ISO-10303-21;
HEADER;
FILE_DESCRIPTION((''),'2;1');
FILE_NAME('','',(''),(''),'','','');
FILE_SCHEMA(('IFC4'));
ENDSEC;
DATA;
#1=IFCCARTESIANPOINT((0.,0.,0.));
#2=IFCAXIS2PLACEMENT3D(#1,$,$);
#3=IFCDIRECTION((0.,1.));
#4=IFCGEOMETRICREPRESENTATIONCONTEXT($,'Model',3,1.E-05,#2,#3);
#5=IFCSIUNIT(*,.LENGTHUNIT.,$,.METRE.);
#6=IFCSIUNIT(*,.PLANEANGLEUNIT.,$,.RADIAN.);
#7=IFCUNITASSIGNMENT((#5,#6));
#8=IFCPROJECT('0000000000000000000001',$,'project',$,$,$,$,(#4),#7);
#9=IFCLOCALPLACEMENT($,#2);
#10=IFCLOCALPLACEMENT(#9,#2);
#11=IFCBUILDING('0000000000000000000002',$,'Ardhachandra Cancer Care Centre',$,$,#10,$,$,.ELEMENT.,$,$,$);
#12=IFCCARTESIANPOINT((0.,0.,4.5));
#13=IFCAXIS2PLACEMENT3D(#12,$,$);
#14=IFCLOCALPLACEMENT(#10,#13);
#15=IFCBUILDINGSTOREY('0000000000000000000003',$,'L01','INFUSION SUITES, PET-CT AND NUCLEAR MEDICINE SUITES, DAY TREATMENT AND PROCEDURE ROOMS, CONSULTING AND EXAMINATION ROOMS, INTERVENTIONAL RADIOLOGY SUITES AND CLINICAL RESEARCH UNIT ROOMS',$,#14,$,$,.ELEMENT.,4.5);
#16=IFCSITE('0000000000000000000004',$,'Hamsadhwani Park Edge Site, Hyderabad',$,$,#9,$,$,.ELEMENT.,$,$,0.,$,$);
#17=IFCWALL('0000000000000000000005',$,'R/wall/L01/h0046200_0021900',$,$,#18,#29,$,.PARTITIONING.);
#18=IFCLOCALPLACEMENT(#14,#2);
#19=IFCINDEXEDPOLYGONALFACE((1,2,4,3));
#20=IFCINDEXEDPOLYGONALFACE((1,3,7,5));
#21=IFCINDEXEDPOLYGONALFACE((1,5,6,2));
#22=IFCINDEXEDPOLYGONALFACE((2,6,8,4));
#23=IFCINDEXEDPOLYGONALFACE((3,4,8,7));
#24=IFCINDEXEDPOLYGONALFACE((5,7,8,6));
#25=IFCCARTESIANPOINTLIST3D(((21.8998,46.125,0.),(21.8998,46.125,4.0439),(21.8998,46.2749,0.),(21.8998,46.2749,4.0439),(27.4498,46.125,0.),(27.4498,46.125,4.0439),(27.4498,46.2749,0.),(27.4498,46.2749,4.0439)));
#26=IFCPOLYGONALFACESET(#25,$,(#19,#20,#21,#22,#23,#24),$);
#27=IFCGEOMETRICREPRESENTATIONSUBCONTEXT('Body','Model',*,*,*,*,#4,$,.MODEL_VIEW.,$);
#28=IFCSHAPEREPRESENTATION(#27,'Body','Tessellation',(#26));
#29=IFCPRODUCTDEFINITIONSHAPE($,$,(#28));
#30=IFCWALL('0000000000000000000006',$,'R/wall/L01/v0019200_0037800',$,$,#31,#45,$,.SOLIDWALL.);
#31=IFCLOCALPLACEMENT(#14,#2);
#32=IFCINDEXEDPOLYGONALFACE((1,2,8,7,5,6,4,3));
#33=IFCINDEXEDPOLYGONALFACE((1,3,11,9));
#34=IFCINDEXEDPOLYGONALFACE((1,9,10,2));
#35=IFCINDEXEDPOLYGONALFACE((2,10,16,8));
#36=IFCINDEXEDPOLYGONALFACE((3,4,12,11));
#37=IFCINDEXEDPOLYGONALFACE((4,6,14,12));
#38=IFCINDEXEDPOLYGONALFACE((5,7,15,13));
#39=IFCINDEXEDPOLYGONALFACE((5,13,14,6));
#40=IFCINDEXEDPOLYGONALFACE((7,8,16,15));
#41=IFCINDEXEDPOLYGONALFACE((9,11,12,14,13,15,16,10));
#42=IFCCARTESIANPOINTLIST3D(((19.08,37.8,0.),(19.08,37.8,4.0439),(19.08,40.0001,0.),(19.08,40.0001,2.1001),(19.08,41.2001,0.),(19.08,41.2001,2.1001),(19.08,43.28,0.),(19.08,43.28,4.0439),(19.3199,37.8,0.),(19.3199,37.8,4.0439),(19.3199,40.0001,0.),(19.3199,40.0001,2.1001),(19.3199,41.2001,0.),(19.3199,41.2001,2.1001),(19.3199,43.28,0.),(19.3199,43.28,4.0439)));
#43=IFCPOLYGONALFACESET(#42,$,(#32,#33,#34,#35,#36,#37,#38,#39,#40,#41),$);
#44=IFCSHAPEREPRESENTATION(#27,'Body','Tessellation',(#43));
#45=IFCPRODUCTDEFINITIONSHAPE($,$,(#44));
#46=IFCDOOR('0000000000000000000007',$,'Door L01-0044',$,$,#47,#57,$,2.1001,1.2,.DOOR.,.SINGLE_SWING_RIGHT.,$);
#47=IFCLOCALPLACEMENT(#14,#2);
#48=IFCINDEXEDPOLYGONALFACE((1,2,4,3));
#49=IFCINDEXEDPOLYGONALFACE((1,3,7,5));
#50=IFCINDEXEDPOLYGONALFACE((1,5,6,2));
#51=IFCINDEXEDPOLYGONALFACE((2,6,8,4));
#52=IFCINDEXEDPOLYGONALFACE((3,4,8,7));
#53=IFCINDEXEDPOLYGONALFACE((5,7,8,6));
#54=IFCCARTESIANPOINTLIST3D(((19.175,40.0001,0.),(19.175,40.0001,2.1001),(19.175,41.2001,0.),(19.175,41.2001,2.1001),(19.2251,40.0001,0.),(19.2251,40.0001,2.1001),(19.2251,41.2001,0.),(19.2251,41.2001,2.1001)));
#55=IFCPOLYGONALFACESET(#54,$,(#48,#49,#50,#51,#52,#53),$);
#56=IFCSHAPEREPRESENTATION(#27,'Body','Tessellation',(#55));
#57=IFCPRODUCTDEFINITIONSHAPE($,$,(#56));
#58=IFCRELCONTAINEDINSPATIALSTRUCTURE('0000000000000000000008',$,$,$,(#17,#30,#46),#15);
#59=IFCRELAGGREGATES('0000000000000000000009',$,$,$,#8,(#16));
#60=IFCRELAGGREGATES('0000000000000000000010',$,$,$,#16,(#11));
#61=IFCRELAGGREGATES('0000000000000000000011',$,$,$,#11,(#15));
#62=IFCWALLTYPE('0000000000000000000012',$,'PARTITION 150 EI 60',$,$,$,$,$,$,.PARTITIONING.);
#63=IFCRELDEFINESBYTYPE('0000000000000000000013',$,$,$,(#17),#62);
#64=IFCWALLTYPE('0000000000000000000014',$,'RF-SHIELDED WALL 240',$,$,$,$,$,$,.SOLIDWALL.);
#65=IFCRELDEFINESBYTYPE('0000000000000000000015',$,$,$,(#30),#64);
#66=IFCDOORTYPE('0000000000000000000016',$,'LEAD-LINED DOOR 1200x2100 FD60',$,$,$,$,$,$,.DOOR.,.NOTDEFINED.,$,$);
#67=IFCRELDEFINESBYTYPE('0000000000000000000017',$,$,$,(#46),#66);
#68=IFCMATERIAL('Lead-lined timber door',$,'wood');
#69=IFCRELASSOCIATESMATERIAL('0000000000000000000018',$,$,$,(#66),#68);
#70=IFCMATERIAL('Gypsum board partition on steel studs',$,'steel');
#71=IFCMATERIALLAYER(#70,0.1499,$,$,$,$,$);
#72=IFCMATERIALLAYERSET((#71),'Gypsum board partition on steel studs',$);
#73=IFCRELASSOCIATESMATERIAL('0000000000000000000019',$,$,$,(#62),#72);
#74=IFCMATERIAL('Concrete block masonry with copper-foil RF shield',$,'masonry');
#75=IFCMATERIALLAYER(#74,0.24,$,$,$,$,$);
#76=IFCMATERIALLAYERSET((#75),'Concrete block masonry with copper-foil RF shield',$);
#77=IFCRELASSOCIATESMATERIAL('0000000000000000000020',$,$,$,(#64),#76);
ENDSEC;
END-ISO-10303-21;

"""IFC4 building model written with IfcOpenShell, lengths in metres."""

from ifc_helpers import new_model, si_unit, direction, frame, frame_2d, origin, place, context, subcontext, project, spatial, rectangle, extrude, material, layer, layer_set, type_object, element, fill, save


model = new_model("IFC4")

# Units and contexts
model_context = context("Model", 3, precision=1e-05, world=origin(), true_north=direction((0.0, 1.0)))
body_context = subcontext(model_context, "Body", "Model", "MODEL_VIEW")
ifc_project = project(units=[si_unit("LENGTHUNIT", "METRE"), si_unit("PLANEANGLEUNIT", "RADIAN")], contexts=[model_context])

# Site, building, storey
site_placement = place(None, origin())
site = spatial("IfcSite", under=ifc_project, at=site_placement, Name="Hamsadhwani Park Edge Site, Hyderabad", CompositionType="ELEMENT", RefElevation=0.0)
building_placement = place(site_placement, origin())
building = spatial("IfcBuilding", under=site, at=building_placement, Name="Ardhachandra Cancer Care Centre", CompositionType="ELEMENT")
storey_placement = place(building_placement, frame((0.0, 0.0, 4.5)))
storey = spatial("IfcBuildingStorey", under=building, at=storey_placement, Name="L01", Description="INFUSION SUITES, PET-CT AND NUCLEAR MEDICINE SUITES, DAY TREATMENT AND PROCEDURE ROOMS, CONSULTING AND EXAMINATION ROOMS, INTERVENTIONAL RADIOLOGY SUITES AND CLINICAL RESEARCH UNIT ROOMS", CompositionType="ELEMENT", Elevation=4.5)

# Shared definitions
ifc_material_1 = material(Name="Lead-lined timber door", Category="wood")
door_type_1 = type_object("IfcDoorType", Name="LEAD-LINED DOOR 1200x2100 FD60", OperationType="NOTDEFINED", PredefinedType="DOOR", material=ifc_material_1)

# Wall
ifc_material_2 = material(Name="Gypsum board partition on steel studs", Category="steel")
ifc_layer_1 = layer(ifc_material_2, 0.1499)
ifc_layer_set_1 = layer_set([ifc_layer_1], Name="Gypsum board partition on steel studs")
wall_type_1 = type_object("IfcWallType", Name="PARTITION 150 EI 60", PredefinedType="PARTITIONING", material=ifc_layer_set_1)
wall_1_placement = place(storey_placement, frame((21.8999, 46.2, 0.0), z_axis=(0.0, 0.0, 1.0), x_axis=(1.0, 0.0, 0.0)))
element("IfcWall", 1, at=wall_1_placement, inside=storey, type_object=wall_type_1, Name="R/wall/L01/h0046200_0021900", PredefinedType="PARTITIONING", context=body_context, shape_type="SweptSolid", body=[
    extrude(rectangle(XDim=5.55, YDim=0.1499, at=frame_2d((2.7749, 0.0))), origin(), (0.0, 0.0, 1.0), 4.0439),
])

# Wall, opening, door
ifc_material_3 = material(Name="Concrete block masonry with copper-foil RF shield", Category="masonry")
ifc_layer_2 = layer(ifc_material_3, 0.24)
ifc_layer_set_2 = layer_set([ifc_layer_2], Name="Concrete block masonry with copper-foil RF shield")
wall_type_2 = type_object("IfcWallType", Name="RF-SHIELDED WALL 240", PredefinedType="SOLIDWALL", material=ifc_layer_set_2)
wall_2_placement = place(storey_placement, frame((19.2, 37.8, 0.0), z_axis=(0.0, 0.0, 1.0), x_axis=(0.0, 1.0, 0.0)))
wall_2 = element("IfcWall", 2, at=wall_2_placement, inside=storey, type_object=wall_type_2, Name="R/wall/L01/v0019200_0037800", PredefinedType="SOLIDWALL", context=body_context, shape_type="SweptSolid", body=[
    extrude(rectangle(XDim=5.48, YDim=0.24, at=frame_2d((2.74, 0.0))), origin(), (0.0, 0.0, 1.0), 4.0439),
])
opening_1_placement = place(wall_2_placement, frame((2.2, 0.0, 0.0)))
opening_1 = element("IfcOpeningElement", 3, at=opening_1_placement, cuts=wall_2, PredefinedType="OPENING", context=body_context, shape_type="SweptSolid", body=[
    extrude(rectangle(XDim=1.2, YDim=2.1001, at=frame_2d((0.6001, 1.05))), frame((0.0, 0.1299, 0.0), z_axis=(0.0, -1.0, 0.0), x_axis=(1.0, 0.0, 0.0)), (0.0, 0.0, 1.0), 0.26),
])
door_1_placement = place(opening_1_placement, origin())
door_1 = element("IfcDoor", 4, at=door_1_placement, inside=storey, type_object=door_type_1, Name="Door L01-0044", OperationType="SINGLE_SWING_RIGHT", OverallHeight=2.1001, OverallWidth=1.2, PredefinedType="DOOR", context=body_context, shape_type="SweptSolid", body=[
    extrude(rectangle(XDim=1.2, YDim=2.1001, at=frame_2d((0.6001, 1.05))), frame((0.0, 0.0249, 0.0), z_axis=(0.0, -1.0, 0.0), x_axis=(1.0, 0.0, 0.0)), (0.0, 0.0, 1.0), 0.05),
])
fill(opening_1, door_1)

save(model, "model.ifc")
